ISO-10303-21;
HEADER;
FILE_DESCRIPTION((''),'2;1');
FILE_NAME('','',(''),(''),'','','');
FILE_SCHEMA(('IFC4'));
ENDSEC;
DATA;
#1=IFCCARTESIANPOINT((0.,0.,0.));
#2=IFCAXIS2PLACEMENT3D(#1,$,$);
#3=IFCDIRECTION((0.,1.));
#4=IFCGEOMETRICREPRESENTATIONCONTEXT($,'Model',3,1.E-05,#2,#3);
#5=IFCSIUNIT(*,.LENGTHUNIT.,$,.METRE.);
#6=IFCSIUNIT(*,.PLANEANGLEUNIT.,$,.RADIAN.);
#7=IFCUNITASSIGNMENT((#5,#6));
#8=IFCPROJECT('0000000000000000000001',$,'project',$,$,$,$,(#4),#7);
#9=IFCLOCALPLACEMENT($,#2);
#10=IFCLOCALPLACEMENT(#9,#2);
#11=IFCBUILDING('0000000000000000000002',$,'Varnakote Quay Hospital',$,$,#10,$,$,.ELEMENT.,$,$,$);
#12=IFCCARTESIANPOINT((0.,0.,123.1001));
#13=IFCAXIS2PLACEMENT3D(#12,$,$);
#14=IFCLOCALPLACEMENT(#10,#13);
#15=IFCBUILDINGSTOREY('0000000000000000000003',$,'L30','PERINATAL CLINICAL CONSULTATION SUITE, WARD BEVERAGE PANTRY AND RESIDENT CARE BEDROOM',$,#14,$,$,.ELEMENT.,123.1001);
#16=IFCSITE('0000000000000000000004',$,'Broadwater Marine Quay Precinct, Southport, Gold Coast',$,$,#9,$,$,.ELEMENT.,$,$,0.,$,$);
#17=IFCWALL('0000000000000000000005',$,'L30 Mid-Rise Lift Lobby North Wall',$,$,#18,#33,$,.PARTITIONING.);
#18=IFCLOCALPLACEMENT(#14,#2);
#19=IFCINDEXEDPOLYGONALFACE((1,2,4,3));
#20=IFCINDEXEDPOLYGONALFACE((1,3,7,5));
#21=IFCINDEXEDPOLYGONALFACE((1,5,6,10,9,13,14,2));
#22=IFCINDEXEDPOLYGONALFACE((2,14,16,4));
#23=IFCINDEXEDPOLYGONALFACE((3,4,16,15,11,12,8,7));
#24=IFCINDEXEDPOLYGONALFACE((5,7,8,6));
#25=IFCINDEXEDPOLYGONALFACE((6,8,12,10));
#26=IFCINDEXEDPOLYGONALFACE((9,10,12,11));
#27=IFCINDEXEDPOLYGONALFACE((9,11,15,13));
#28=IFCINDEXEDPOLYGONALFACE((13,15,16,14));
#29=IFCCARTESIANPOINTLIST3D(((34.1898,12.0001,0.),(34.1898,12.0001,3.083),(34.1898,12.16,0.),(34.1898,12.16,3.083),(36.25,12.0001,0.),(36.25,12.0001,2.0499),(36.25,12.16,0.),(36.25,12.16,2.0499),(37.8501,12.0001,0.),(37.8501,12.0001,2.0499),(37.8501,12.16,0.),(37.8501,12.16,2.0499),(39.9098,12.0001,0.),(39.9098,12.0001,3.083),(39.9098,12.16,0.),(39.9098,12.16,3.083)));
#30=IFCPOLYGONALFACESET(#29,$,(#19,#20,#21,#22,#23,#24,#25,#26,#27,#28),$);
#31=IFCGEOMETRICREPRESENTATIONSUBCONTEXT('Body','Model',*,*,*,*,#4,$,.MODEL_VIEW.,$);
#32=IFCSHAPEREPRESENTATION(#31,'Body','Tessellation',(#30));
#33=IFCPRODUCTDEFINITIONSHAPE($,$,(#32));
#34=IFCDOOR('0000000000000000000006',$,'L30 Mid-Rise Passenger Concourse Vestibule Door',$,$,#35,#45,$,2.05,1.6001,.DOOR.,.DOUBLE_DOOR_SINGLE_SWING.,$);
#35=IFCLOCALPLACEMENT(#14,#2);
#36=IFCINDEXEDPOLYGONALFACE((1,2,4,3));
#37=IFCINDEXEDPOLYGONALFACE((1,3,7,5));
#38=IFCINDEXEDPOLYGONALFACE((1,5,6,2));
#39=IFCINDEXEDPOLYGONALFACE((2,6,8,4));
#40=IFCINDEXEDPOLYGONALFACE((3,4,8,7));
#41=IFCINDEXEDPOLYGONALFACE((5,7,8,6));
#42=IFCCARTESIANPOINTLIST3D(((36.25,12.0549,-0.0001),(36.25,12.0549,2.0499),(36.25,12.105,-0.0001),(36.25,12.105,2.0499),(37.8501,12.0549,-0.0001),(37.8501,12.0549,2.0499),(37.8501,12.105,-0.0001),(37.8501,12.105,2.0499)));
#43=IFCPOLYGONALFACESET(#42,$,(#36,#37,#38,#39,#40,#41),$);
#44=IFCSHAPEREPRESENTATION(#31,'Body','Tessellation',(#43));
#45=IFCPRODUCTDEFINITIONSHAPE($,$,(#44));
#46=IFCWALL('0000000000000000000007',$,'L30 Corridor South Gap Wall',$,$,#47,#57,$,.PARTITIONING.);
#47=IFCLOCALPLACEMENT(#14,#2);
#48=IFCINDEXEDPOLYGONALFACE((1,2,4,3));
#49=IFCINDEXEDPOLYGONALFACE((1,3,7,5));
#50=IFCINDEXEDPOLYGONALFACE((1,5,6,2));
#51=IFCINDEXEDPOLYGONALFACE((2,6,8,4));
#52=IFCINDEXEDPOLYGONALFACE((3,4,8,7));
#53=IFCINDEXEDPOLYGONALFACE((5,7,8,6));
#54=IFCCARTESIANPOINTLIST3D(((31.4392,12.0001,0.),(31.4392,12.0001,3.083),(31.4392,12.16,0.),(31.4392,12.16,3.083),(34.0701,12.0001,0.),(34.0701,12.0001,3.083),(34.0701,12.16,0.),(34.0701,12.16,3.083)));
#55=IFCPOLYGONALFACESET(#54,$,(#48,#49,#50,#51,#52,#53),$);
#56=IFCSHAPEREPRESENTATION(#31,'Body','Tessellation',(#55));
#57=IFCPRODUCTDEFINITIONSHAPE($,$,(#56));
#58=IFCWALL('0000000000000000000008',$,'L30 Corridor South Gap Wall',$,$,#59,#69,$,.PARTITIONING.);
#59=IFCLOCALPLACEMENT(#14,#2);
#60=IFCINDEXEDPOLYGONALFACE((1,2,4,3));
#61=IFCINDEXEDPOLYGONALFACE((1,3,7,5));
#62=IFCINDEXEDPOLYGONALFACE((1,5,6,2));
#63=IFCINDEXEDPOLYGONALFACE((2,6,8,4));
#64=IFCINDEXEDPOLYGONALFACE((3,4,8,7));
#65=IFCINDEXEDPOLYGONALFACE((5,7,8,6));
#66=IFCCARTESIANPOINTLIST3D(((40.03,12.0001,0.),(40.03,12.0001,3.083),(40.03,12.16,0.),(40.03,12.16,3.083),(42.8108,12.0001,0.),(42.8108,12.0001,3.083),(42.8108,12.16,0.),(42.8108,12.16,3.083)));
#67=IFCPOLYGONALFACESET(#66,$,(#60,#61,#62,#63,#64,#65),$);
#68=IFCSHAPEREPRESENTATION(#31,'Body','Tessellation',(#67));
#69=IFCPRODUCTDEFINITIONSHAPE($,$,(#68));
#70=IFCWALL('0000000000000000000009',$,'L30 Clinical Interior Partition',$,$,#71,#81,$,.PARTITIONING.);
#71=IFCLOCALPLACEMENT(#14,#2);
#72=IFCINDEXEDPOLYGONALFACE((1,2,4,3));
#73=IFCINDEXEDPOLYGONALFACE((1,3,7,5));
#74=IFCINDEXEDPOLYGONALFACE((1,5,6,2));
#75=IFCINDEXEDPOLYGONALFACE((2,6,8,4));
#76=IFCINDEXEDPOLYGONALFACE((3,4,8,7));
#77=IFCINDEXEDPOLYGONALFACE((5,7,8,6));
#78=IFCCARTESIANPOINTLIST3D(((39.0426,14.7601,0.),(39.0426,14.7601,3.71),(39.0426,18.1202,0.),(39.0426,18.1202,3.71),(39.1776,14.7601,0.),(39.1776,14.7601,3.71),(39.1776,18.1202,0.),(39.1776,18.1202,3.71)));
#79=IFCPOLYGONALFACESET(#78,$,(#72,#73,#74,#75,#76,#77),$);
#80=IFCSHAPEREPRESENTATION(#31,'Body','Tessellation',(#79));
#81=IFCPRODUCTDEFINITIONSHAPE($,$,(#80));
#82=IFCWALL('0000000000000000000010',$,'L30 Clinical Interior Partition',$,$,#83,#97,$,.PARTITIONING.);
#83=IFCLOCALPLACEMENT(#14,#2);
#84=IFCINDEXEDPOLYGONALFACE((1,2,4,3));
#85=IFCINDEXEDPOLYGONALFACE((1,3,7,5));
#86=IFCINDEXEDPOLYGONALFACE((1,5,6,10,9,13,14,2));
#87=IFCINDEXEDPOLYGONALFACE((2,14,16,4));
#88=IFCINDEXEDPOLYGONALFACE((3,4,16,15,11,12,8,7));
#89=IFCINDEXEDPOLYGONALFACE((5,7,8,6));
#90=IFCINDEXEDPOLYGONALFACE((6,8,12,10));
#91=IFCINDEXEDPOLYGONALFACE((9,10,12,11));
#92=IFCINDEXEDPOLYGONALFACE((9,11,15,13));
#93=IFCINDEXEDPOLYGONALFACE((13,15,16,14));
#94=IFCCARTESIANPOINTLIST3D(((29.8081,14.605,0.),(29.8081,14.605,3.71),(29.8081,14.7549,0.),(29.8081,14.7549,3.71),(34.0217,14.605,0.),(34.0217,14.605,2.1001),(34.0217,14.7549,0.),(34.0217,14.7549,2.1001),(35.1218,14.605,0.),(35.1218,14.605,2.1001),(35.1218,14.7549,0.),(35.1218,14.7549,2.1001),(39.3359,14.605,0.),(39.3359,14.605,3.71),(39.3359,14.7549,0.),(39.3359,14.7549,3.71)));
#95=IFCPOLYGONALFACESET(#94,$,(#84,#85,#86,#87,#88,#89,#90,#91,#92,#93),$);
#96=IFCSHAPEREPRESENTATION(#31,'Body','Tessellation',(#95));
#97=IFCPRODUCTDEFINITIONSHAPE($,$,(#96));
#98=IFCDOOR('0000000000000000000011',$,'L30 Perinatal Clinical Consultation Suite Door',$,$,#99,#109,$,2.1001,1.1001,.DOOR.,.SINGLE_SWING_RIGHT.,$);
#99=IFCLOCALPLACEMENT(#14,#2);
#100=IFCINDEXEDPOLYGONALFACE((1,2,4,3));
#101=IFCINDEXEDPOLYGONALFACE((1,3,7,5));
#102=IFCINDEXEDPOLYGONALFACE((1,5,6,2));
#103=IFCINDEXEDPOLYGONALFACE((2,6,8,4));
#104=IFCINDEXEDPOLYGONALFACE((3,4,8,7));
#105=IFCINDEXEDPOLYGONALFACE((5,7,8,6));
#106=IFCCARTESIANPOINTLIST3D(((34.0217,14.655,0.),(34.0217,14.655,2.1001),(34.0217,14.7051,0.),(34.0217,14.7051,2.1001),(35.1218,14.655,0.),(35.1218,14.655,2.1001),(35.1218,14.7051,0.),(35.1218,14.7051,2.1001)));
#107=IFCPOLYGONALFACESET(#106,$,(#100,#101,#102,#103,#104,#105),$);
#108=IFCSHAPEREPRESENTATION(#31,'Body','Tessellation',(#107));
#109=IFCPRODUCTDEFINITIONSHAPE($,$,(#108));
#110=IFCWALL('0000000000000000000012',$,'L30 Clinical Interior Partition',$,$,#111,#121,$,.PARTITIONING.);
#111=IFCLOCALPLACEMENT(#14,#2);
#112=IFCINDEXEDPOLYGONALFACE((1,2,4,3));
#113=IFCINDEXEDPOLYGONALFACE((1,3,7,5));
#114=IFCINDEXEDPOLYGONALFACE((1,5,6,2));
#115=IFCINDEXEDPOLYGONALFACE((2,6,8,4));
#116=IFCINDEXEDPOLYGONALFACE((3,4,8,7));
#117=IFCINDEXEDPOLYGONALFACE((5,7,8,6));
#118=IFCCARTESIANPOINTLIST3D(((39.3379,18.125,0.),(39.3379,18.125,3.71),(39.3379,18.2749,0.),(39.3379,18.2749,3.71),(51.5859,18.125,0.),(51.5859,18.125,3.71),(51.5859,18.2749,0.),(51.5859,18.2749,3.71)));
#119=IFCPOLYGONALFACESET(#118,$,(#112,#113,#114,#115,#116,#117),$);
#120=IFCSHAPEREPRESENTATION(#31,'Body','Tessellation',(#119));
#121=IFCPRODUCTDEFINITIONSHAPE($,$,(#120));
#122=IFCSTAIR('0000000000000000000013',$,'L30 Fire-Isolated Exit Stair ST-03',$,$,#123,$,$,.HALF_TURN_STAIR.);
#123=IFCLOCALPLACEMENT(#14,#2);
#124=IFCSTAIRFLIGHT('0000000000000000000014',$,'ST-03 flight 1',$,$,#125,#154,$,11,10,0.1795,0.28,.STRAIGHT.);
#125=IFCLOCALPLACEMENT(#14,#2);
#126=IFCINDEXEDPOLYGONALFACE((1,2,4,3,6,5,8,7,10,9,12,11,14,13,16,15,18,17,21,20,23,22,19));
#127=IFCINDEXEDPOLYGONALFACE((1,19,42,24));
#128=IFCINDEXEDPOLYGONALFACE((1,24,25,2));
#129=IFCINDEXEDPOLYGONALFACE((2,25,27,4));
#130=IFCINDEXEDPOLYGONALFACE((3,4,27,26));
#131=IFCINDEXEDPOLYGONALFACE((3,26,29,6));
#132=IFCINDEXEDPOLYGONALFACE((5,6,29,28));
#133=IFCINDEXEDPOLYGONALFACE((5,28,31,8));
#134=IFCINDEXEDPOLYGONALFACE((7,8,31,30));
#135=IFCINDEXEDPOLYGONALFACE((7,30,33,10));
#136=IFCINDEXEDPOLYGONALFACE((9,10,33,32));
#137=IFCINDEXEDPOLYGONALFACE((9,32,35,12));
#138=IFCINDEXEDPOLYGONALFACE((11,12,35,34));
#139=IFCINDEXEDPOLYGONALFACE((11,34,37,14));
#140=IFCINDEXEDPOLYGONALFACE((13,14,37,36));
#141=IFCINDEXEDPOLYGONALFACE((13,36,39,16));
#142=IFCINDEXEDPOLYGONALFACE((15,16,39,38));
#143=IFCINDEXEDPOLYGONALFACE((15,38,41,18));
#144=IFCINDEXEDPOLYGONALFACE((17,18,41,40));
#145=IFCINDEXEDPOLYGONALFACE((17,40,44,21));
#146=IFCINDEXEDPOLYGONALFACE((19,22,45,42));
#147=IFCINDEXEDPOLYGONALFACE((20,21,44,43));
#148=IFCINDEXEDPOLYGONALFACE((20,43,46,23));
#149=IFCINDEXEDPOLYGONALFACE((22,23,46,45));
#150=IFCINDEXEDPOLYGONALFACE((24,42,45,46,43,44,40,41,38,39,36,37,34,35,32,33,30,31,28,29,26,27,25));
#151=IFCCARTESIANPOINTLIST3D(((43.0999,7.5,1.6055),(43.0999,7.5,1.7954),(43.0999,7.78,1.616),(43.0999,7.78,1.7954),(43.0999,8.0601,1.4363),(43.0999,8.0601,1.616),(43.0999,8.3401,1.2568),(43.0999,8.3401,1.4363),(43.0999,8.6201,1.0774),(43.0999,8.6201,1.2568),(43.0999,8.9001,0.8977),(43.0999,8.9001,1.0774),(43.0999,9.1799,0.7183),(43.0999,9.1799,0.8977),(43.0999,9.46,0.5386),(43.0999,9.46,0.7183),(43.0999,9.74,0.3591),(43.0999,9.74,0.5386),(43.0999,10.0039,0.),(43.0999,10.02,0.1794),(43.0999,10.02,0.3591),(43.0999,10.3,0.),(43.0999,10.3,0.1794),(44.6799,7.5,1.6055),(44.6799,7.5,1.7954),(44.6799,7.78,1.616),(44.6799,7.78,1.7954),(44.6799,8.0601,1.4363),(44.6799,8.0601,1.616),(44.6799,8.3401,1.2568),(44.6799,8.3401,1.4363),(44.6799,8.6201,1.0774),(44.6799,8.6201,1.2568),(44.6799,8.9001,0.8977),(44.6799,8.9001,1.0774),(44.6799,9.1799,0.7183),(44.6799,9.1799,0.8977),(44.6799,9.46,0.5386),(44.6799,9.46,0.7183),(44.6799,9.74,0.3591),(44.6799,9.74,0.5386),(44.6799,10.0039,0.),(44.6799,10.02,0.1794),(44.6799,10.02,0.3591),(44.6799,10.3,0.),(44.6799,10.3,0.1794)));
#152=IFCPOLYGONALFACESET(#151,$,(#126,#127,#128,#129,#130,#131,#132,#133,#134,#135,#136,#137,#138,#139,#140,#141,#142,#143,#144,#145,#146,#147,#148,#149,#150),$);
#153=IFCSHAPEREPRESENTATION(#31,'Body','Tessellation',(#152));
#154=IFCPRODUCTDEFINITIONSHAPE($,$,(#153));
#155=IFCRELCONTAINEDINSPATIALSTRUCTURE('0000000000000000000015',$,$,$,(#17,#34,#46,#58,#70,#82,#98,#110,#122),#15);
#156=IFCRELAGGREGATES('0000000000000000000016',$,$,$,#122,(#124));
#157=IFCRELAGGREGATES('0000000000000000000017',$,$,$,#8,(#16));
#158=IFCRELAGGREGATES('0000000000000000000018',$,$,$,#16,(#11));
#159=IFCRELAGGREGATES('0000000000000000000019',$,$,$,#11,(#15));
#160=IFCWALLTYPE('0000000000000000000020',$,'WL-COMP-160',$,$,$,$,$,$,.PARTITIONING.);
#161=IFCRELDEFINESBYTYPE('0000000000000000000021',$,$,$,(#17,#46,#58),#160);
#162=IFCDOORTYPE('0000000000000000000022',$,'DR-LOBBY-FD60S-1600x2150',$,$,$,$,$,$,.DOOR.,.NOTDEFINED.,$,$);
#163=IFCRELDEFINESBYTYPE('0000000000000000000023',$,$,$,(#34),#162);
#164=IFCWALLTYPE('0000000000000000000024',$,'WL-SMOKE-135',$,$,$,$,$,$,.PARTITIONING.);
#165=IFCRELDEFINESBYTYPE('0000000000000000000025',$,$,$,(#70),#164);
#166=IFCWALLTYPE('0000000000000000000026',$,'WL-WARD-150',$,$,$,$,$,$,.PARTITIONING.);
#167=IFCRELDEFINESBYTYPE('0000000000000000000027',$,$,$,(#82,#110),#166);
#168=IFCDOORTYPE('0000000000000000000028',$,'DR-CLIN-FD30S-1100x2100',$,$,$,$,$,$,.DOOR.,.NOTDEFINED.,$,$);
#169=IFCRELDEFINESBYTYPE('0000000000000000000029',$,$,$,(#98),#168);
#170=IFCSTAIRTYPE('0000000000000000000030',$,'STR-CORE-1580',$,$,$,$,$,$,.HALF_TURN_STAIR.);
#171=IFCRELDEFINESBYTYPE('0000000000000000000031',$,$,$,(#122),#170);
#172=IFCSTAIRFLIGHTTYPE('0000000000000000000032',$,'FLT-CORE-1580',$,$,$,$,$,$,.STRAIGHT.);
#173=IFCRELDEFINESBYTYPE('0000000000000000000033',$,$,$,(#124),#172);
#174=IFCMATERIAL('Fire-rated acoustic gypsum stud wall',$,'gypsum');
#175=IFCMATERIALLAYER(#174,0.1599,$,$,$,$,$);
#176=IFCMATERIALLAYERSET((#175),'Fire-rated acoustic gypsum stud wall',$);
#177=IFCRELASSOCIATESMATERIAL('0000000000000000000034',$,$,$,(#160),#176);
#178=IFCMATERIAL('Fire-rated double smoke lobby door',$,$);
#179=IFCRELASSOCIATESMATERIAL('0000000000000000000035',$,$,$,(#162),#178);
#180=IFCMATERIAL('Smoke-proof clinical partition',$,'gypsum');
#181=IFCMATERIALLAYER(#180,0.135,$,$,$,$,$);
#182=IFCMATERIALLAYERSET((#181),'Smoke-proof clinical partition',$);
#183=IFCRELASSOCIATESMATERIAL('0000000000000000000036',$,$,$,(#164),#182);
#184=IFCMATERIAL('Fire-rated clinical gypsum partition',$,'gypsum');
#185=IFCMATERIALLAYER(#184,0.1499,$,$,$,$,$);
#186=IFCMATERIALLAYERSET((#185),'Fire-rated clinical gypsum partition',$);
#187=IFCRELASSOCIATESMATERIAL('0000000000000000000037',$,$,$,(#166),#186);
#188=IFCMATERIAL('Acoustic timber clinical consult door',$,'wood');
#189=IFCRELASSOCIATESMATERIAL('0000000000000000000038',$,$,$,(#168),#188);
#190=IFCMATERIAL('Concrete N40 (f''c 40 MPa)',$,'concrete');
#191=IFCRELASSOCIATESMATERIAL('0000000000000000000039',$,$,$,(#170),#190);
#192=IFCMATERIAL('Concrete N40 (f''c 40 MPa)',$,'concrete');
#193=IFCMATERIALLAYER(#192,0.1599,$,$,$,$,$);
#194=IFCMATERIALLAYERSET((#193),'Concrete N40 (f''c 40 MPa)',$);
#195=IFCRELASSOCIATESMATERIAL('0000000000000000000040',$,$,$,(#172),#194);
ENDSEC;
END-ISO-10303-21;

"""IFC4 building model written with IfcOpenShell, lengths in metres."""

from ifc_helpers import new_model, si_unit, direction, frame, frame_2d, origin, place, context, subcontext, project, spatial, polyline, rectangle, outline, extrude, material, layer, layer_set, type_object, element, fill, aggregate, save


model = new_model("IFC4")

# Units and contexts
model_context = context("Model", 3, precision=1e-05, world=origin(), true_north=direction((0.0, 1.0)))
body_context = subcontext(model_context, "Body", "Model", "MODEL_VIEW")
ifc_project = project(units=[si_unit("LENGTHUNIT", "METRE"), si_unit("PLANEANGLEUNIT", "RADIAN")], contexts=[model_context])

# Site, building, storey
site_placement = place(None, origin())
site = spatial("IfcSite", under=ifc_project, at=site_placement, Name="Broadwater Marine Quay Precinct, Southport, Gold Coast", CompositionType="ELEMENT", RefElevation=0.0)
building_placement = place(site_placement, origin())
building = spatial("IfcBuilding", under=site, at=building_placement, Name="Varnakote Quay Hospital", CompositionType="ELEMENT")
storey_placement = place(building_placement, frame((0.0, 0.0, 123.1001)))
storey = spatial("IfcBuildingStorey", under=building, at=storey_placement, Name="L30", Description="PERINATAL CLINICAL CONSULTATION SUITE, WARD BEVERAGE PANTRY AND RESIDENT CARE BEDROOM", CompositionType="ELEMENT", Elevation=123.1001)

# Wall, opening, door
ifc_material_1 = material(Name="Fire-rated acoustic gypsum stud wall", Category="gypsum")
ifc_layer_1 = layer(ifc_material_1, 0.1599)
ifc_layer_set_1 = layer_set([ifc_layer_1], Name="Fire-rated acoustic gypsum stud wall")
wall_type_1 = type_object("IfcWallType", Name="WL-COMP-160", PredefinedType="PARTITIONING", material=ifc_layer_set_1)
wall_1_placement = place(storey_placement, frame((34.1899, 12.0801, 0.0), z_axis=(0.0, 0.0, 1.0), x_axis=(1.0, 0.0, 0.0)))
wall_1 = element("IfcWall", 1, at=wall_1_placement, inside=storey, type_object=wall_type_1, Name="L30 Mid-Rise Lift Lobby North Wall", PredefinedType="PARTITIONING", context=body_context, shape_type="SweptSolid", body=[
    extrude(rectangle(XDim=5.72, YDim=0.1599, at=frame_2d((2.8599, 0.0))), origin(), (0.0, 0.0, 1.0), 3.083),
])
opening_1_placement = place(wall_1_placement, frame((2.0601, 0.0, 0.0)))
opening_1 = element("IfcOpeningElement", 2, at=opening_1_placement, cuts=wall_1, PredefinedType="OPENING", context=body_context, shape_type="SweptSolid", body=[
    extrude(rectangle(XDim=1.6001, YDim=2.05, at=frame_2d((0.8, 1.0249))), frame((0.0, 0.0898, 0.0), z_axis=(0.0, -1.0, 0.0), x_axis=(1.0, 0.0, 0.0)), (0.0, 0.0, 1.0), 0.1799),
])
ifc_material_2 = material(Name="Fire-rated double smoke lobby door")
door_type_1 = type_object("IfcDoorType", Name="DR-LOBBY-FD60S-1600x2150", OperationType="NOTDEFINED", PredefinedType="DOOR", material=ifc_material_2)
door_1_placement = place(opening_1_placement, origin())
door_1 = element("IfcDoor", 3, at=door_1_placement, inside=storey, type_object=door_type_1, Name="L30 Mid-Rise Passenger Concourse Vestibule Door", OperationType="DOUBLE_DOOR_SINGLE_SWING", OverallHeight=2.05, OverallWidth=1.6001, PredefinedType="DOOR", context=body_context, shape_type="SweptSolid", body=[
    extrude(rectangle(XDim=1.6001, YDim=2.05, at=frame_2d((0.8, 1.0249))), frame((0.0, 0.0249, 0.0), z_axis=(0.0, -1.0, 0.0), x_axis=(1.0, 0.0, 0.0)), (0.0, 0.0, 1.0), 0.05),
])
fill(opening_1, door_1)

# Walls
wall_2_placement = place(storey_placement, frame((31.4392, 12.0801, 0.0), z_axis=(0.0, 0.0, 1.0), x_axis=(1.0, 0.0, 0.0)))
element("IfcWall", 4, at=wall_2_placement, inside=storey, type_object=wall_type_1, Name="L30 Corridor South Gap Wall", PredefinedType="PARTITIONING", context=body_context, shape_type="SweptSolid", body=[
    extrude(rectangle(XDim=2.6309, YDim=0.1599, at=frame_2d((1.3154, 0.0))), origin(), (0.0, 0.0, 1.0), 3.083),
])
wall_3_placement = place(storey_placement, frame((40.03, 12.0801, 0.0), z_axis=(0.0, 0.0, 1.0), x_axis=(1.0, 0.0, 0.0)))
element("IfcWall", 5, at=wall_3_placement, inside=storey, type_object=wall_type_1, Name="L30 Corridor South Gap Wall", PredefinedType="PARTITIONING", context=body_context, shape_type="SweptSolid", body=[
    extrude(rectangle(XDim=2.7808, YDim=0.1599, at=frame_2d((1.3904, 0.0))), origin(), (0.0, 0.0, 1.0), 3.083),
])

# Wall
ifc_material_3 = material(Name="Smoke-proof clinical partition", Category="gypsum")
ifc_layer_2 = layer(ifc_material_3, 0.135)
ifc_layer_set_2 = layer_set([ifc_layer_2], Name="Smoke-proof clinical partition")
wall_type_2 = type_object("IfcWallType", Name="WL-SMOKE-135", PredefinedType="PARTITIONING", material=ifc_layer_set_2)
wall_4_placement = place(storey_placement, frame((39.1101, 14.76, 0.0), z_axis=(0.0, 0.0, 1.0), x_axis=(0.0, 1.0, 0.0)))
element("IfcWall", 6, at=wall_4_placement, inside=storey, type_object=wall_type_2, Name="L30 Clinical Interior Partition", PredefinedType="PARTITIONING", context=body_context, shape_type="SweptSolid", body=[
    extrude(rectangle(XDim=3.3601, YDim=0.135, at=frame_2d((1.6802, 0.0))), origin(), (0.0, 0.0, 1.0), 3.71),
])

# Wall, opening, door
ifc_material_4 = material(Name="Fire-rated clinical gypsum partition", Category="gypsum")
ifc_layer_3 = layer(ifc_material_4, 0.1499)
ifc_layer_set_3 = layer_set([ifc_layer_3], Name="Fire-rated clinical gypsum partition")
wall_type_3 = type_object("IfcWallType", Name="WL-WARD-150", PredefinedType="PARTITIONING", material=ifc_layer_set_3)
wall_5_placement = place(storey_placement, frame((39.3359, 14.6799, 0.0), z_axis=(0.0, 0.0, 1.0), x_axis=(-1.0, 0.0, 0.0)))
wall_5 = element("IfcWall", 7, at=wall_5_placement, inside=storey, type_object=wall_type_3, Name="L30 Clinical Interior Partition", PredefinedType="PARTITIONING", context=body_context, shape_type="SweptSolid", body=[
    extrude(rectangle(XDim=9.5278, YDim=0.1499, at=frame_2d((4.7639, 0.0))), origin(), (0.0, 0.0, 1.0), 3.71),
])
opening_2_placement = place(wall_5_placement, frame((4.2141, 0.0, 0.0)))
opening_2 = element("IfcOpeningElement", 8, at=opening_2_placement, cuts=wall_5, PredefinedType="OPENING", context=body_context, shape_type="SweptSolid", body=[
    extrude(rectangle(XDim=1.1001, YDim=2.1001, at=frame_2d((0.55, 1.05))), frame((0.0, 0.085, 0.0), z_axis=(0.0, -1.0, 0.0), x_axis=(1.0, 0.0, 0.0)), (0.0, 0.0, 1.0), 0.1699),
])
ifc_material_5 = material(Name="Acoustic timber clinical consult door", Category="wood")
door_type_2 = type_object("IfcDoorType", Name="DR-CLIN-FD30S-1100x2100", OperationType="NOTDEFINED", PredefinedType="DOOR", material=ifc_material_5)
door_2_placement = place(opening_2_placement, origin())
door_2 = element("IfcDoor", 9, at=door_2_placement, inside=storey, type_object=door_type_2, Name="L30 Perinatal Clinical Consultation Suite Door", OperationType="SINGLE_SWING_RIGHT", OverallHeight=2.1001, OverallWidth=1.1001, PredefinedType="DOOR", context=body_context, shape_type="SweptSolid", body=[
    extrude(rectangle(XDim=1.1001, YDim=2.1001, at=frame_2d((0.55, 1.05))), frame((0.0, 0.0249, 0.0), z_axis=(0.0, -1.0, 0.0), x_axis=(1.0, 0.0, 0.0)), (0.0, 0.0, 1.0), 0.05),
])
fill(opening_2, door_2)

# Wall
wall_6_placement = place(storey_placement, frame((39.3379, 18.2, 0.0), z_axis=(0.0, 0.0, 1.0), x_axis=(1.0, 0.0, 0.0)))
element("IfcWall", 10, at=wall_6_placement, inside=storey, type_object=wall_type_3, Name="L30 Clinical Interior Partition", PredefinedType="PARTITIONING", context=body_context, shape_type="SweptSolid", body=[
    extrude(rectangle(XDim=12.248, YDim=0.1499, at=frame_2d((6.124, 0.0))), origin(), (0.0, 0.0, 1.0), 3.71),
])

# Stair, stair flight
ifc_material_6 = material(Name="Concrete N40 (f'c 40 MPa)", Category="concrete")
stair_type = type_object("IfcStairType", Name="STR-CORE-1580", PredefinedType="HALF_TURN_STAIR", material=ifc_material_6)
stair_placement = place(storey_placement, origin())
stair = element("IfcStair", 11, at=stair_placement, inside=storey, type_object=stair_type, Name="L30 Fire-Isolated Exit Stair ST-03", PredefinedType="HALF_TURN_STAIR")
ifc_material_7 = material(Name="Concrete N40 (f'c 40 MPa)", Category="concrete")
ifc_layer_4 = layer(ifc_material_7, 0.1599)
ifc_layer_set_4 = layer_set([ifc_layer_4], Name="Concrete N40 (f'c 40 MPa)")
stair_flight_type = type_object("IfcStairFlightType", Name="FLT-CORE-1580", PredefinedType="STRAIGHT", material=ifc_layer_set_4)
stair_flight_placement = place(storey_placement, frame((43.8899, 10.3, 0.0), z_axis=(0.0, 0.0, 1.0), x_axis=(0.0, -1.0, 0.0)))
stair_flight = element("IfcStairFlight", 12, at=stair_flight_placement, type_object=stair_flight_type, Name="ST-03 flight 1", NumberOfRisers=11, NumberOfTreads=10, PredefinedType="STRAIGHT", RiserHeight=0.1795, TreadLength=0.28, context=body_context, shape_type="SweptSolid", body=[
    extrude(outline(polyline([(0.0, 0.0), (0.0, 0.1794), (0.28, 0.1794), (0.28, 0.3591), (0.5601, 0.3591), (0.5601, 0.5386), (0.8401, 0.5386), (0.8401, 0.7183), (1.1201, 0.7183), (1.1201, 0.8977), (1.3999, 0.8977), (1.3999, 1.0774), (1.6799, 1.0774), (1.6799, 1.2568), (1.96, 1.2568), (1.96, 1.4363), (2.24, 1.4363), (2.24, 1.616), (2.52, 1.616), (2.52, 1.7954), (2.8, 1.7954), (2.8, 1.9751), (2.8, 1.6055), (0.2961, 0.0), (0.0, 0.0)])), frame((0.0, 0.79, 0.0), z_axis=(0.0, -1.0, 0.0), x_axis=(1.0, 0.0, 0.0)), (0.0, 0.0, 1.0), 1.5801),
])
aggregate(stair, [stair_flight])

save(model, "model.ifc")
